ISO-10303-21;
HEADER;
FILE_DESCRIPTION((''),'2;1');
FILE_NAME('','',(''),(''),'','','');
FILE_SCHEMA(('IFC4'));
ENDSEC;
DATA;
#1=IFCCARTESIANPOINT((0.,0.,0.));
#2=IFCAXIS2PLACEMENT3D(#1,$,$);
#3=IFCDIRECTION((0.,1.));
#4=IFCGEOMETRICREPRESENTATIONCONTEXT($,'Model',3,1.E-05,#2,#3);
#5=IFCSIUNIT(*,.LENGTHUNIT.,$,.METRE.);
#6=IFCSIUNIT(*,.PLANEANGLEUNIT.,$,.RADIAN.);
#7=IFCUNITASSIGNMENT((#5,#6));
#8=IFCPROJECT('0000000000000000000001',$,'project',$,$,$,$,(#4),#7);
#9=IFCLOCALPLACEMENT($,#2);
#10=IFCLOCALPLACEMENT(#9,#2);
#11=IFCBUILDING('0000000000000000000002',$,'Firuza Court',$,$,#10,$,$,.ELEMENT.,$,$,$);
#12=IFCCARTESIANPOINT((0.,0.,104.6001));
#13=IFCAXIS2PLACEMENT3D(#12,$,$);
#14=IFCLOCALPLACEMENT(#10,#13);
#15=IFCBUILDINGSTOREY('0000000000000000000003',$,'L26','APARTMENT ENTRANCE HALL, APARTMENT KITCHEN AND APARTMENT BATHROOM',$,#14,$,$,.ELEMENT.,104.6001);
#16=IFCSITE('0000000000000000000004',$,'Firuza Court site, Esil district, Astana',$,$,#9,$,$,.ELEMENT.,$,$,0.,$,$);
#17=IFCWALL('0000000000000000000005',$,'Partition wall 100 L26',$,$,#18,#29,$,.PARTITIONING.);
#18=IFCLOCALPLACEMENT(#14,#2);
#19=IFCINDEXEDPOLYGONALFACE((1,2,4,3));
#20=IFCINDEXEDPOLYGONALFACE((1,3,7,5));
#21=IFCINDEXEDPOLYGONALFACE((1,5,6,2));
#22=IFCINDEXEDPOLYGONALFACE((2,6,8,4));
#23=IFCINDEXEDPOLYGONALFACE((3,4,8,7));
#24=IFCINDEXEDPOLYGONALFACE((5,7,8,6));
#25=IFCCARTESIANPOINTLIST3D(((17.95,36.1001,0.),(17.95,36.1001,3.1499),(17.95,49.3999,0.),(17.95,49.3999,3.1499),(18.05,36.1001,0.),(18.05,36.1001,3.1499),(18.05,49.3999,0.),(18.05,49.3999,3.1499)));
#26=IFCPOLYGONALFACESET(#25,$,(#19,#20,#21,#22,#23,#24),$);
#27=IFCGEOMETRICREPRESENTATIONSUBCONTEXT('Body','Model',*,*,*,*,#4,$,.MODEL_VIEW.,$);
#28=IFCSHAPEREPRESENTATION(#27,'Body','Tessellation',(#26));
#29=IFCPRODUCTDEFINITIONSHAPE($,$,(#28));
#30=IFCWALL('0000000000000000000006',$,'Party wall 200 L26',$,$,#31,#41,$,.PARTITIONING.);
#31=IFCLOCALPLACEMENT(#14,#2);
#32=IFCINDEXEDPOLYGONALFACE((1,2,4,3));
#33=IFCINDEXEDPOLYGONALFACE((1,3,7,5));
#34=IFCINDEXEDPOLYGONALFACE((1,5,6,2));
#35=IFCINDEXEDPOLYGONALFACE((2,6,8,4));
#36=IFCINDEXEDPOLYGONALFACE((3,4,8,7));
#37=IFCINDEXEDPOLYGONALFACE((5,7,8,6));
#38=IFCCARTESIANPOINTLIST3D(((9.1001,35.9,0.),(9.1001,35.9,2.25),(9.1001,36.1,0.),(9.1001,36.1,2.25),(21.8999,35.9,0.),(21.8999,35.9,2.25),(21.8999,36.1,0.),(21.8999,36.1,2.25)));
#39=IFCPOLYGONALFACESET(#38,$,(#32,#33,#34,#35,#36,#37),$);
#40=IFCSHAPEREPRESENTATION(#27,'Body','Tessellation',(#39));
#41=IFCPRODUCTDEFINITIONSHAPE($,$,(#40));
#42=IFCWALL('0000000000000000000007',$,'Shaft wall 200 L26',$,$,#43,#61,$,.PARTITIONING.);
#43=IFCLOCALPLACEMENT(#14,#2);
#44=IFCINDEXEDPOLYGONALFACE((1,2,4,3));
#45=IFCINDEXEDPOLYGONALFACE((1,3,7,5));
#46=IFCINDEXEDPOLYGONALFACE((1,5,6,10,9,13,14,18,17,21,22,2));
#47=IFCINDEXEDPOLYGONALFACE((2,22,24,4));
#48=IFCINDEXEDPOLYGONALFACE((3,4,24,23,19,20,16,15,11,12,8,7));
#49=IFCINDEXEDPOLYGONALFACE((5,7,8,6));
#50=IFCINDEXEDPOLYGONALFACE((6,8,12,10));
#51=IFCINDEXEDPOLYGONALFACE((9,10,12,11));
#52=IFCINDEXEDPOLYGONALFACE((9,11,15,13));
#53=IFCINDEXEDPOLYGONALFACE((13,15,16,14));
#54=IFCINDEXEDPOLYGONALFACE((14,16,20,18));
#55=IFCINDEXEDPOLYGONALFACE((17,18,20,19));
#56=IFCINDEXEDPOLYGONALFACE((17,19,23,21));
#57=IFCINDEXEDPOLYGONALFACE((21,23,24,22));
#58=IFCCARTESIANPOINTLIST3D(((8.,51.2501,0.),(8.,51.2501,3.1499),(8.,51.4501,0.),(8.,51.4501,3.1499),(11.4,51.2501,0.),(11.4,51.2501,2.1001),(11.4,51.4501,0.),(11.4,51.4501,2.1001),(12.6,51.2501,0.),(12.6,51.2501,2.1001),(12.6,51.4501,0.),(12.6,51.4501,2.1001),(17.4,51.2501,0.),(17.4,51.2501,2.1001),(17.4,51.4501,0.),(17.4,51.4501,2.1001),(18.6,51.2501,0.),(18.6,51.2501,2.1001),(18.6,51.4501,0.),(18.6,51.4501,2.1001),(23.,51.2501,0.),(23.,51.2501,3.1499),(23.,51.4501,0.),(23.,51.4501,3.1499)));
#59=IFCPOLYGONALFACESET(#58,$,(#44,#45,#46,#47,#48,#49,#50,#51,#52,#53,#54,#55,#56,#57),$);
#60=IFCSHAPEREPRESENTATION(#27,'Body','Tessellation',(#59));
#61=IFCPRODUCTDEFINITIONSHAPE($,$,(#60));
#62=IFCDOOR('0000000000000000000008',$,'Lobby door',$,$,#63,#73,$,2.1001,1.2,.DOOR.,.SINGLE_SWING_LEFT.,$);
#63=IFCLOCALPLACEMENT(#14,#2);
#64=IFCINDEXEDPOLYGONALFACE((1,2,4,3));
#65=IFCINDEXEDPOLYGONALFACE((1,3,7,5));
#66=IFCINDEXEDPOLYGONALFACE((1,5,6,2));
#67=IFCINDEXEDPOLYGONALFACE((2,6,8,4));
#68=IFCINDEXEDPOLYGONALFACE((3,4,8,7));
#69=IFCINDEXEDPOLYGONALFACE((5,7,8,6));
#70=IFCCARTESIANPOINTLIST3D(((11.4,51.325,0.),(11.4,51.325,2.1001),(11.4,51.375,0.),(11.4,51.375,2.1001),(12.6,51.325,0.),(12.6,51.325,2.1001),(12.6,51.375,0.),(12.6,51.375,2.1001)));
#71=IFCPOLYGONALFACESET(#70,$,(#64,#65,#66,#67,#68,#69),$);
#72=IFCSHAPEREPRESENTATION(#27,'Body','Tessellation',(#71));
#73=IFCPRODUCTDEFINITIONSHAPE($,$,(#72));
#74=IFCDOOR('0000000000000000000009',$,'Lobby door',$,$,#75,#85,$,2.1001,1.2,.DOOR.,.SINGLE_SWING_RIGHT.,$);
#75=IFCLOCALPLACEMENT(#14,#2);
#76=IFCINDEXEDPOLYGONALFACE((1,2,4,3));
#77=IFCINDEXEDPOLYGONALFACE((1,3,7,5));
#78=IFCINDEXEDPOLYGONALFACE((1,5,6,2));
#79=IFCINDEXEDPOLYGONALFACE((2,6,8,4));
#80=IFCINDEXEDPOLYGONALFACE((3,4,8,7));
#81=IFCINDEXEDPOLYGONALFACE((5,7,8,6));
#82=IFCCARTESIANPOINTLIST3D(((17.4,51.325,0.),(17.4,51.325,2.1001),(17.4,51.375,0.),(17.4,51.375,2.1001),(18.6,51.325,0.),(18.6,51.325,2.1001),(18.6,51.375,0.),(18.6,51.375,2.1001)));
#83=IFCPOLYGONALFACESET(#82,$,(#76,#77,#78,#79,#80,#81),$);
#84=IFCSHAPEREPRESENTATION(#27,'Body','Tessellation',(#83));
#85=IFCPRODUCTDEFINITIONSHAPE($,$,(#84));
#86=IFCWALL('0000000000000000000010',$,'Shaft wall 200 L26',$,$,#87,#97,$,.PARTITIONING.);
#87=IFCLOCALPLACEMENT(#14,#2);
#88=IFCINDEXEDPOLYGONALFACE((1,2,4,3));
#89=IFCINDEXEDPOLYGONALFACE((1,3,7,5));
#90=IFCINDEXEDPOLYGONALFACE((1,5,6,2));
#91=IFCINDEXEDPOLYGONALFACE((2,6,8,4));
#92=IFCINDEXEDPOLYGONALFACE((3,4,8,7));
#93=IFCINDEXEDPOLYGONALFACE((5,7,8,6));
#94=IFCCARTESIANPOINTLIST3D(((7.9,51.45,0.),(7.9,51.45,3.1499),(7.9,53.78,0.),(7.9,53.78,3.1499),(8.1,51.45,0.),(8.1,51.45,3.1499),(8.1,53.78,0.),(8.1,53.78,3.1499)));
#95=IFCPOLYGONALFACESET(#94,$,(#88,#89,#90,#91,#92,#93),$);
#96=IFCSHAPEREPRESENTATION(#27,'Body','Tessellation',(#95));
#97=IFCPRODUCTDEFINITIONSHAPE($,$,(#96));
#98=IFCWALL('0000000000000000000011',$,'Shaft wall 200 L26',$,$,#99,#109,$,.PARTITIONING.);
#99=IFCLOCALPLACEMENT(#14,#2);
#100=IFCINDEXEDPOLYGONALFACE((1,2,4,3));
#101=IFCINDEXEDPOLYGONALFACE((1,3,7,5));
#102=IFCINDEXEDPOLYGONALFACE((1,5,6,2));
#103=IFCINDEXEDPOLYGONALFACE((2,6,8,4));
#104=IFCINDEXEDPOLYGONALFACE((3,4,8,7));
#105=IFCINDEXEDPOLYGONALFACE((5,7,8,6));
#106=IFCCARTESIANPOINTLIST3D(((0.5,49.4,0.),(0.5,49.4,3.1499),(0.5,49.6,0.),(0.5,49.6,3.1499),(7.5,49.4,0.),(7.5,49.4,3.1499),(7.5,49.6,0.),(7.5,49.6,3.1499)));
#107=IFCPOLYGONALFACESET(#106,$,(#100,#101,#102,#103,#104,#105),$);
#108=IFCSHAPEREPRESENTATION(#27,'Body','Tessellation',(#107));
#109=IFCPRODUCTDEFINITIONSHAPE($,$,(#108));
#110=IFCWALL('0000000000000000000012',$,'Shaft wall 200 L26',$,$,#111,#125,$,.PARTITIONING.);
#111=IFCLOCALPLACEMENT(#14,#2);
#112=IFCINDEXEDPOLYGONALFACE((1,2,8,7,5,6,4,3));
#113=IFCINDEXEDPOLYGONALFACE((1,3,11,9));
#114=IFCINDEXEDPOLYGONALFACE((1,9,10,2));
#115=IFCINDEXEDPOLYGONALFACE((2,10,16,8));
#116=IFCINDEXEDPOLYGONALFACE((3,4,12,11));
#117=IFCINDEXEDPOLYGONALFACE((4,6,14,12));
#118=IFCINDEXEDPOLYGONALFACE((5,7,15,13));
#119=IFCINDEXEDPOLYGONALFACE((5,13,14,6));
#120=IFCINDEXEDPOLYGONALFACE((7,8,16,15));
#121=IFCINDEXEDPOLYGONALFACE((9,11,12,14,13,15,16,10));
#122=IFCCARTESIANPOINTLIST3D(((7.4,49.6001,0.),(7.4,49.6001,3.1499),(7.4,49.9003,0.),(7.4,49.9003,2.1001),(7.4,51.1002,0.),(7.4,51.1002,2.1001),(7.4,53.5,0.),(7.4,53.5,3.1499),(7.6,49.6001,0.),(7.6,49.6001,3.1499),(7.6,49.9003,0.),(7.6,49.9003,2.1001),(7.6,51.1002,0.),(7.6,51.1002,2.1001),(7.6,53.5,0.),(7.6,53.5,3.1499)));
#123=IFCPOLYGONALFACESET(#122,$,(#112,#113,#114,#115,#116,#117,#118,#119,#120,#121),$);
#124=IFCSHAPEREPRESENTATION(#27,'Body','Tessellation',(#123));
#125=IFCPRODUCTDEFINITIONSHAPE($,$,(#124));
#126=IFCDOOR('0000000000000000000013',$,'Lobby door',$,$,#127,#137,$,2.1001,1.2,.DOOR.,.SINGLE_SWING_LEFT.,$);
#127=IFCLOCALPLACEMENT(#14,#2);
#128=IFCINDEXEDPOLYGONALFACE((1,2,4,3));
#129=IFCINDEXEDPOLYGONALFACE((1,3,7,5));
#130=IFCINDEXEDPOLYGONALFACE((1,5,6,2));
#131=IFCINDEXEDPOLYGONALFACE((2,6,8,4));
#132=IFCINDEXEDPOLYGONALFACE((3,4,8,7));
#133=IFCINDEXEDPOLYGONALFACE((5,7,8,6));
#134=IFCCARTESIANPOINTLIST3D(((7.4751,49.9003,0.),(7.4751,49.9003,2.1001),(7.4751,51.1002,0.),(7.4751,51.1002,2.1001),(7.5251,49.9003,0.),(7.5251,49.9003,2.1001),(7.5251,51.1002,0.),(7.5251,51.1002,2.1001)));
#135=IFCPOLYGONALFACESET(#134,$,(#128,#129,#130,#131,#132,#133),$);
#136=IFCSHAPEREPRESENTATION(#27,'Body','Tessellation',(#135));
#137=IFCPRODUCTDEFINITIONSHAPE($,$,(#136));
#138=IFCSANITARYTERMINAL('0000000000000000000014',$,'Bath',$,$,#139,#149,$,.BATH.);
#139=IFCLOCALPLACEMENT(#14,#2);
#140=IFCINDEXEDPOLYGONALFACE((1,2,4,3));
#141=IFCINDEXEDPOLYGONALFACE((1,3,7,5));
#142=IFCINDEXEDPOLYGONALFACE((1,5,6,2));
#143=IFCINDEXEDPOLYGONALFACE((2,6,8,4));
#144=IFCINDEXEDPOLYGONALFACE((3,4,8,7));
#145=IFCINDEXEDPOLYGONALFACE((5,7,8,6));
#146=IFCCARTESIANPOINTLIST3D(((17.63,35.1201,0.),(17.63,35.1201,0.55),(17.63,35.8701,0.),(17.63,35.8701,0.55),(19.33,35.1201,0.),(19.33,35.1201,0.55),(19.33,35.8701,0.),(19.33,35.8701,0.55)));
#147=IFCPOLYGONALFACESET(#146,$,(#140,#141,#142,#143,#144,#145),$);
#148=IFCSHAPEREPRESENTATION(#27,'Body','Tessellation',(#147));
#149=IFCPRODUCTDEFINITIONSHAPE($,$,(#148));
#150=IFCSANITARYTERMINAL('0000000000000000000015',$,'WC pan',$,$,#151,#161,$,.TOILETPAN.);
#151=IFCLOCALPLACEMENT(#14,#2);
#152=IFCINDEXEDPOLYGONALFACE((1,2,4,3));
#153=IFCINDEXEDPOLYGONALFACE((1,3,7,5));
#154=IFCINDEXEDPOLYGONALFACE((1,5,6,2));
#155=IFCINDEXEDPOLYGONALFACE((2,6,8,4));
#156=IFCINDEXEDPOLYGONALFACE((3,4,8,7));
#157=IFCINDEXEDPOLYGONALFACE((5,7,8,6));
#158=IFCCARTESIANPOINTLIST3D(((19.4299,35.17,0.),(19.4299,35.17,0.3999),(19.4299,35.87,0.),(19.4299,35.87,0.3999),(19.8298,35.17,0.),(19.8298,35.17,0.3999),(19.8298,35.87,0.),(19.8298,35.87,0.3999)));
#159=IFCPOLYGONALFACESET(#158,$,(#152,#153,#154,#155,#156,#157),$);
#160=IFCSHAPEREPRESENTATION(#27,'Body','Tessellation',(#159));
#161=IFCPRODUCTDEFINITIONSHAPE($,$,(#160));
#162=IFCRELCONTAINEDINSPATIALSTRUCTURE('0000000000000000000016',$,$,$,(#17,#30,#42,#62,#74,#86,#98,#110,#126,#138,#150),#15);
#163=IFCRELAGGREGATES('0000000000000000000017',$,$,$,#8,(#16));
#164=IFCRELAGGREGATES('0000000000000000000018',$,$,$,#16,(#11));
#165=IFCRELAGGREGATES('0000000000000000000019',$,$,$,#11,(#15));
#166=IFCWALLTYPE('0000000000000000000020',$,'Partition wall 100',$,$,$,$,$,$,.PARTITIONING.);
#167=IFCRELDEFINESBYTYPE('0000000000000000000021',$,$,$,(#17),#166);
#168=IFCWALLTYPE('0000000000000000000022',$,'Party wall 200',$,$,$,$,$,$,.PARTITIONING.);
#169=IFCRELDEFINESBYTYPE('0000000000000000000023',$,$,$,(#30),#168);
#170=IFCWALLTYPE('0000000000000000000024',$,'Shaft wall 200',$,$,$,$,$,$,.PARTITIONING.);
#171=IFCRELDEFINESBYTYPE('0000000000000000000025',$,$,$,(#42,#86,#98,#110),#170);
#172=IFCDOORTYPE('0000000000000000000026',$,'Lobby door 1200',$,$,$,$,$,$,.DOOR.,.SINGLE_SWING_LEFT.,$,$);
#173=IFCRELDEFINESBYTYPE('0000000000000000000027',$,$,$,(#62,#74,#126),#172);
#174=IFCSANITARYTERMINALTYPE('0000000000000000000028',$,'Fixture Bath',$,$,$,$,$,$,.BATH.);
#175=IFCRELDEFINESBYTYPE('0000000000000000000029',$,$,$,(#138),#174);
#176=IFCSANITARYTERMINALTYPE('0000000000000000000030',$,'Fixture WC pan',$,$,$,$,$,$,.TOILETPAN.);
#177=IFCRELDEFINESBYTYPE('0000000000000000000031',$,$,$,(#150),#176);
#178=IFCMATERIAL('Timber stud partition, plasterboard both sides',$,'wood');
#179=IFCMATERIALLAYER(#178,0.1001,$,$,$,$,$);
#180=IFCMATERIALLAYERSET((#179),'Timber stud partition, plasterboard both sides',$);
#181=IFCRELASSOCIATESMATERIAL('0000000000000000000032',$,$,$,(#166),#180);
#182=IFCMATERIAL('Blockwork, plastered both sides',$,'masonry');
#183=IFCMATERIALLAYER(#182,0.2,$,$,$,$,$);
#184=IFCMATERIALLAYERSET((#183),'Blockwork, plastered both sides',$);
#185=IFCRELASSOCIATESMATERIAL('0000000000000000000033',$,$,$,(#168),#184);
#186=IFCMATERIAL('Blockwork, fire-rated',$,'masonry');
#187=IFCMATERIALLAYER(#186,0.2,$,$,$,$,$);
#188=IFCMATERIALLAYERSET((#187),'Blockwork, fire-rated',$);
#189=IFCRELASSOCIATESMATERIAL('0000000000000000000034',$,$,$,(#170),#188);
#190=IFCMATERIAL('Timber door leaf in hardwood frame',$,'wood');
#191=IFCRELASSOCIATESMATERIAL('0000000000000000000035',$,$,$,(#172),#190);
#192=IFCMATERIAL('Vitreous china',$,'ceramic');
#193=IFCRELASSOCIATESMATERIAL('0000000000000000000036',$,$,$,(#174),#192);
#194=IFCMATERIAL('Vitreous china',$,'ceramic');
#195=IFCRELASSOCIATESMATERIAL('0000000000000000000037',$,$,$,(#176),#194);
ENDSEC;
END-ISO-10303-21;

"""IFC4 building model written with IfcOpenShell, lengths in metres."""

from ifc_helpers import new_model, si_unit, direction, frame, frame_2d, origin, origin_2d, place, context, subcontext, project, spatial, rectangle, extrude, material, layer, layer_set, type_object, element, fill, save


model = new_model("IFC4")

# Units and contexts
model_context = context("Model", 3, precision=1e-05, world=origin(), true_north=direction((0.0, 1.0)))
body_context = subcontext(model_context, "Body", "Model", "MODEL_VIEW")
ifc_project = project(units=[si_unit("LENGTHUNIT", "METRE"), si_unit("PLANEANGLEUNIT", "RADIAN")], contexts=[model_context])

# Site, building, storey
site_placement = place(None, origin())
site = spatial("IfcSite", under=ifc_project, at=site_placement, Name="Firuza Court site, Esil district, Astana", CompositionType="ELEMENT", RefElevation=0.0)
building_placement = place(site_placement, origin())
building = spatial("IfcBuilding", under=site, at=building_placement, Name="Firuza Court", CompositionType="ELEMENT")
storey_placement = place(building_placement, frame((0.0, 0.0, 104.6001)))
storey = spatial("IfcBuildingStorey", under=building, at=storey_placement, Name="L26", Description="APARTMENT ENTRANCE HALL, APARTMENT KITCHEN AND APARTMENT BATHROOM", CompositionType="ELEMENT", Elevation=104.6001)

# Shared definitions
ifc_material_1 = material(Name="Blockwork, plastered both sides", Category="masonry")

# Walls
ifc_material_2 = material(Name="Timber stud partition, plasterboard both sides", Category="wood")
ifc_layer_1 = layer(ifc_material_2, 0.1001)
ifc_layer_set_1 = layer_set([ifc_layer_1], Name="Timber stud partition, plasterboard both sides")
wall_type_1 = type_object("IfcWallType", Name="Partition wall 100", PredefinedType="PARTITIONING", material=ifc_layer_set_1)
wall_1_placement = place(storey_placement, frame((18.0, 36.1001, 0.0), z_axis=(0.0, 0.0, 1.0), x_axis=(0.0, 1.0, 0.0)))
element("IfcWall", 1, at=wall_1_placement, inside=storey, type_object=wall_type_1, Name="Partition wall 100 L26", PredefinedType="PARTITIONING", context=body_context, shape_type="SweptSolid", body=[
    extrude(rectangle(XDim=13.2998, YDim=0.1001, at=frame_2d((6.6499, 0.0))), origin(), (0.0, 0.0, 1.0), 3.1499),
])
ifc_layer_2 = layer(ifc_material_1, 0.2)
ifc_layer_set_2 = layer_set([ifc_layer_2], Name="Blockwork, plastered both sides")
wall_type_2 = type_object("IfcWallType", Name="Party wall 200", PredefinedType="PARTITIONING", material=ifc_layer_set_2)
wall_2_placement = place(storey_placement, frame((9.1001, 36.0, 0.0), z_axis=(0.0, 0.0, 1.0), x_axis=(1.0, 0.0, 0.0)))
element("IfcWall", 2, at=wall_2_placement, inside=storey, type_object=wall_type_2, Name="Party wall 200 L26", PredefinedType="PARTITIONING", context=body_context, shape_type="SweptSolid", body=[
    extrude(rectangle(XDim=12.7998, YDim=0.2, at=frame_2d((6.3999, 0.0))), origin(), (0.0, 0.0, 1.0), 2.25),
])

# Wall, openings, doors
ifc_material_3 = material(Name="Blockwork, fire-rated", Category="masonry")
ifc_layer_3 = layer(ifc_material_3, 0.2)
ifc_layer_set_3 = layer_set([ifc_layer_3], Name="Blockwork, fire-rated")
wall_type_3 = type_object("IfcWallType", Name="Shaft wall 200", PredefinedType="PARTITIONING", material=ifc_layer_set_3)
wall_3_placement = place(storey_placement, frame((8.0, 51.3501, 0.0), z_axis=(0.0, 0.0, 1.0), x_axis=(1.0, 0.0, 0.0)))
wall_3 = element("IfcWall", 3, at=wall_3_placement, inside=storey, type_object=wall_type_3, Name="Shaft wall 200 L26", PredefinedType="PARTITIONING", context=body_context, shape_type="SweptSolid", body=[
    extrude(rectangle(XDim=15.0, YDim=0.2, at=frame_2d((7.5, 0.0))), origin(), (0.0, 0.0, 1.0), 3.1499),
])
opening_1_placement = place(wall_3_placement, frame((3.3999, 0.0, 0.0)))
opening_1 = element("IfcOpeningElement", 4, at=opening_1_placement, cuts=wall_3, PredefinedType="OPENING", context=body_context, shape_type="SweptSolid", body=[
    extrude(rectangle(XDim=1.2, YDim=2.1001, at=frame_2d((0.6001, 1.05))), frame((0.0, 0.1118, 0.0), z_axis=(0.0, -1.0, 0.0), x_axis=(1.0, 0.0, 0.0)), (0.0, 0.0, 1.0), 0.2239),
])
opening_2_placement = place(wall_3_placement, frame((9.3999, 0.0, 0.0)))
opening_2 = element("IfcOpeningElement", 5, at=opening_2_placement, cuts=wall_3, PredefinedType="OPENING", context=body_context, shape_type="SweptSolid", body=[
    extrude(rectangle(XDim=1.2, YDim=2.1001, at=frame_2d((0.6001, 1.05))), frame((0.0, 0.1118, 0.0), z_axis=(0.0, -1.0, 0.0), x_axis=(1.0, 0.0, 0.0)), (0.0, 0.0, 1.0), 0.2239),
])
ifc_material_4 = material(Name="Timber door leaf in hardwood frame", Category="wood")
door_type_1 = type_object("IfcDoorType", Name="Lobby door 1200", OperationType="SINGLE_SWING_LEFT", PredefinedType="DOOR", material=ifc_material_4)
door_1_placement = place(opening_1_placement, origin())
door_1 = element("IfcDoor", 6, at=door_1_placement, inside=storey, type_object=door_type_1, Name="Lobby door", OperationType="SINGLE_SWING_LEFT", OverallHeight=2.1001, OverallWidth=1.2, PredefinedType="DOOR", context=body_context, shape_type="SweptSolid", body=[
    extrude(rectangle(XDim=1.2, YDim=2.1001, at=frame_2d((0.6001, 1.05))), frame((0.0, 0.0249, 0.0), z_axis=(0.0, -1.0, 0.0), x_axis=(1.0, 0.0, 0.0)), (0.0, 0.0, 1.0), 0.05),
])
fill(opening_1, door_1)
door_2_placement = place(opening_2_placement, origin())
door_2 = element("IfcDoor", 7, at=door_2_placement, inside=storey, type_object=door_type_1, Name="Lobby door", OperationType="SINGLE_SWING_RIGHT", OverallHeight=2.1001, OverallWidth=1.2, PredefinedType="DOOR", context=body_context, shape_type="SweptSolid", body=[
    extrude(rectangle(XDim=1.2, YDim=2.1001, at=frame_2d((0.6001, 1.05))), frame((0.0, 0.0249, 0.0), z_axis=(0.0, -1.0, 0.0), x_axis=(1.0, 0.0, 0.0)), (0.0, 0.0, 1.0), 0.05),
])
fill(opening_2, door_2)

# Walls
wall_4_placement = place(storey_placement, frame((8.0, 51.45, 0.0), z_axis=(0.0, 0.0, 1.0), x_axis=(0.0, 1.0, 0.0)))
element("IfcWall", 8, at=wall_4_placement, inside=storey, type_object=wall_type_3, Name="Shaft wall 200 L26", PredefinedType="PARTITIONING", context=body_context, shape_type="SweptSolid", body=[
    extrude(rectangle(XDim=2.3301, YDim=0.2, at=frame_2d((1.165, 0.0))), origin(), (0.0, 0.0, 1.0), 3.1499),
])
wall_5_placement = place(storey_placement, frame((0.5, 49.5, 0.0), z_axis=(0.0, 0.0, 1.0), x_axis=(1.0, 0.0, 0.0)))
element("IfcWall", 9, at=wall_5_placement, inside=storey, type_object=wall_type_3, Name="Shaft wall 200 L26", PredefinedType="PARTITIONING", context=body_context, shape_type="SweptSolid", body=[
    extrude(rectangle(XDim=7.0, YDim=0.2, at=frame_2d((3.5, 0.0))), origin(), (0.0, 0.0, 1.0), 3.1499),
])

# Wall, opening, door
wall_6_placement = place(storey_placement, frame((7.5, 49.6001, 0.0), z_axis=(0.0, 0.0, 1.0), x_axis=(0.0, 1.0, 0.0)))
wall_6 = element("IfcWall", 10, at=wall_6_placement, inside=storey, type_object=wall_type_3, Name="Shaft wall 200 L26", PredefinedType="PARTITIONING", context=body_context, shape_type="SweptSolid", body=[
    extrude(rectangle(XDim=3.8999, YDim=0.2, at=frame_2d((1.95, 0.0))), origin(), (0.0, 0.0, 1.0), 3.1499),
])
opening_3_placement = place(wall_6_placement, frame((0.3, 0.0, 0.0)))
opening_3 = element("IfcOpeningElement", 11, at=opening_3_placement, cuts=wall_6, PredefinedType="OPENING", context=body_context, shape_type="SweptSolid", body=[
    extrude(rectangle(XDim=1.2, YDim=2.1001, at=frame_2d((0.6001, 1.05))), frame((0.0, 0.1118, 0.0), z_axis=(0.0, -1.0, 0.0), x_axis=(1.0, 0.0, 0.0)), (0.0, 0.0, 1.0), 0.2239),
])
door_3_placement = place(opening_3_placement, origin())
door_3 = element("IfcDoor", 12, at=door_3_placement, inside=storey, type_object=door_type_1, Name="Lobby door", OperationType="SINGLE_SWING_LEFT", OverallHeight=2.1001, OverallWidth=1.2, PredefinedType="DOOR", context=body_context, shape_type="SweptSolid", body=[
    extrude(rectangle(XDim=1.2, YDim=2.1001, at=frame_2d((0.6001, 1.05))), frame((0.0, 0.0249, 0.0), z_axis=(0.0, -1.0, 0.0), x_axis=(1.0, 0.0, 0.0)), (0.0, 0.0, 1.0), 0.05),
])
fill(opening_3, door_3)

# Sanitary terminals
ifc_material_5 = material(Name="Vitreous china", Category="ceramic")
sanitary_terminal_type_1 = type_object("IfcSanitaryTerminalType", Name="Fixture Bath", PredefinedType="BATH", material=ifc_material_5)
sanitary_terminal_1_placement = place(storey_placement, frame((18.48, 35.4951, 0.0), z_axis=(0.0, 0.0, 1.0), x_axis=(1.0, 0.0, 0.0)))
element("IfcSanitaryTerminal", 13, at=sanitary_terminal_1_placement, inside=storey, type_object=sanitary_terminal_type_1, Name="Bath", PredefinedType="BATH", context=body_context, shape_type="SweptSolid", body=[
    extrude(rectangle(XDim=1.7, YDim=0.75, at=origin_2d()), origin(), (0.0, 0.0, 1.0), 0.55),
])
ifc_material_6 = material(Name="Vitreous china", Category="ceramic")
sanitary_terminal_type_2 = type_object("IfcSanitaryTerminalType", Name="Fixture WC pan", PredefinedType="TOILETPAN", material=ifc_material_6)
sanitary_terminal_2_placement = place(storey_placement, frame((19.6299, 35.52, 0.0), z_axis=(0.0, 0.0, 1.0), x_axis=(1.0, 0.0, 0.0)))
element("IfcSanitaryTerminal", 14, at=sanitary_terminal_2_placement, inside=storey, type_object=sanitary_terminal_type_2, Name="WC pan", PredefinedType="TOILETPAN", context=body_context, shape_type="SweptSolid", body=[
    extrude(rectangle(XDim=0.3999, YDim=0.7, at=origin_2d()), origin(), (0.0, 0.0, 1.0), 0.3999),
])

save(model, "model.ifc")
